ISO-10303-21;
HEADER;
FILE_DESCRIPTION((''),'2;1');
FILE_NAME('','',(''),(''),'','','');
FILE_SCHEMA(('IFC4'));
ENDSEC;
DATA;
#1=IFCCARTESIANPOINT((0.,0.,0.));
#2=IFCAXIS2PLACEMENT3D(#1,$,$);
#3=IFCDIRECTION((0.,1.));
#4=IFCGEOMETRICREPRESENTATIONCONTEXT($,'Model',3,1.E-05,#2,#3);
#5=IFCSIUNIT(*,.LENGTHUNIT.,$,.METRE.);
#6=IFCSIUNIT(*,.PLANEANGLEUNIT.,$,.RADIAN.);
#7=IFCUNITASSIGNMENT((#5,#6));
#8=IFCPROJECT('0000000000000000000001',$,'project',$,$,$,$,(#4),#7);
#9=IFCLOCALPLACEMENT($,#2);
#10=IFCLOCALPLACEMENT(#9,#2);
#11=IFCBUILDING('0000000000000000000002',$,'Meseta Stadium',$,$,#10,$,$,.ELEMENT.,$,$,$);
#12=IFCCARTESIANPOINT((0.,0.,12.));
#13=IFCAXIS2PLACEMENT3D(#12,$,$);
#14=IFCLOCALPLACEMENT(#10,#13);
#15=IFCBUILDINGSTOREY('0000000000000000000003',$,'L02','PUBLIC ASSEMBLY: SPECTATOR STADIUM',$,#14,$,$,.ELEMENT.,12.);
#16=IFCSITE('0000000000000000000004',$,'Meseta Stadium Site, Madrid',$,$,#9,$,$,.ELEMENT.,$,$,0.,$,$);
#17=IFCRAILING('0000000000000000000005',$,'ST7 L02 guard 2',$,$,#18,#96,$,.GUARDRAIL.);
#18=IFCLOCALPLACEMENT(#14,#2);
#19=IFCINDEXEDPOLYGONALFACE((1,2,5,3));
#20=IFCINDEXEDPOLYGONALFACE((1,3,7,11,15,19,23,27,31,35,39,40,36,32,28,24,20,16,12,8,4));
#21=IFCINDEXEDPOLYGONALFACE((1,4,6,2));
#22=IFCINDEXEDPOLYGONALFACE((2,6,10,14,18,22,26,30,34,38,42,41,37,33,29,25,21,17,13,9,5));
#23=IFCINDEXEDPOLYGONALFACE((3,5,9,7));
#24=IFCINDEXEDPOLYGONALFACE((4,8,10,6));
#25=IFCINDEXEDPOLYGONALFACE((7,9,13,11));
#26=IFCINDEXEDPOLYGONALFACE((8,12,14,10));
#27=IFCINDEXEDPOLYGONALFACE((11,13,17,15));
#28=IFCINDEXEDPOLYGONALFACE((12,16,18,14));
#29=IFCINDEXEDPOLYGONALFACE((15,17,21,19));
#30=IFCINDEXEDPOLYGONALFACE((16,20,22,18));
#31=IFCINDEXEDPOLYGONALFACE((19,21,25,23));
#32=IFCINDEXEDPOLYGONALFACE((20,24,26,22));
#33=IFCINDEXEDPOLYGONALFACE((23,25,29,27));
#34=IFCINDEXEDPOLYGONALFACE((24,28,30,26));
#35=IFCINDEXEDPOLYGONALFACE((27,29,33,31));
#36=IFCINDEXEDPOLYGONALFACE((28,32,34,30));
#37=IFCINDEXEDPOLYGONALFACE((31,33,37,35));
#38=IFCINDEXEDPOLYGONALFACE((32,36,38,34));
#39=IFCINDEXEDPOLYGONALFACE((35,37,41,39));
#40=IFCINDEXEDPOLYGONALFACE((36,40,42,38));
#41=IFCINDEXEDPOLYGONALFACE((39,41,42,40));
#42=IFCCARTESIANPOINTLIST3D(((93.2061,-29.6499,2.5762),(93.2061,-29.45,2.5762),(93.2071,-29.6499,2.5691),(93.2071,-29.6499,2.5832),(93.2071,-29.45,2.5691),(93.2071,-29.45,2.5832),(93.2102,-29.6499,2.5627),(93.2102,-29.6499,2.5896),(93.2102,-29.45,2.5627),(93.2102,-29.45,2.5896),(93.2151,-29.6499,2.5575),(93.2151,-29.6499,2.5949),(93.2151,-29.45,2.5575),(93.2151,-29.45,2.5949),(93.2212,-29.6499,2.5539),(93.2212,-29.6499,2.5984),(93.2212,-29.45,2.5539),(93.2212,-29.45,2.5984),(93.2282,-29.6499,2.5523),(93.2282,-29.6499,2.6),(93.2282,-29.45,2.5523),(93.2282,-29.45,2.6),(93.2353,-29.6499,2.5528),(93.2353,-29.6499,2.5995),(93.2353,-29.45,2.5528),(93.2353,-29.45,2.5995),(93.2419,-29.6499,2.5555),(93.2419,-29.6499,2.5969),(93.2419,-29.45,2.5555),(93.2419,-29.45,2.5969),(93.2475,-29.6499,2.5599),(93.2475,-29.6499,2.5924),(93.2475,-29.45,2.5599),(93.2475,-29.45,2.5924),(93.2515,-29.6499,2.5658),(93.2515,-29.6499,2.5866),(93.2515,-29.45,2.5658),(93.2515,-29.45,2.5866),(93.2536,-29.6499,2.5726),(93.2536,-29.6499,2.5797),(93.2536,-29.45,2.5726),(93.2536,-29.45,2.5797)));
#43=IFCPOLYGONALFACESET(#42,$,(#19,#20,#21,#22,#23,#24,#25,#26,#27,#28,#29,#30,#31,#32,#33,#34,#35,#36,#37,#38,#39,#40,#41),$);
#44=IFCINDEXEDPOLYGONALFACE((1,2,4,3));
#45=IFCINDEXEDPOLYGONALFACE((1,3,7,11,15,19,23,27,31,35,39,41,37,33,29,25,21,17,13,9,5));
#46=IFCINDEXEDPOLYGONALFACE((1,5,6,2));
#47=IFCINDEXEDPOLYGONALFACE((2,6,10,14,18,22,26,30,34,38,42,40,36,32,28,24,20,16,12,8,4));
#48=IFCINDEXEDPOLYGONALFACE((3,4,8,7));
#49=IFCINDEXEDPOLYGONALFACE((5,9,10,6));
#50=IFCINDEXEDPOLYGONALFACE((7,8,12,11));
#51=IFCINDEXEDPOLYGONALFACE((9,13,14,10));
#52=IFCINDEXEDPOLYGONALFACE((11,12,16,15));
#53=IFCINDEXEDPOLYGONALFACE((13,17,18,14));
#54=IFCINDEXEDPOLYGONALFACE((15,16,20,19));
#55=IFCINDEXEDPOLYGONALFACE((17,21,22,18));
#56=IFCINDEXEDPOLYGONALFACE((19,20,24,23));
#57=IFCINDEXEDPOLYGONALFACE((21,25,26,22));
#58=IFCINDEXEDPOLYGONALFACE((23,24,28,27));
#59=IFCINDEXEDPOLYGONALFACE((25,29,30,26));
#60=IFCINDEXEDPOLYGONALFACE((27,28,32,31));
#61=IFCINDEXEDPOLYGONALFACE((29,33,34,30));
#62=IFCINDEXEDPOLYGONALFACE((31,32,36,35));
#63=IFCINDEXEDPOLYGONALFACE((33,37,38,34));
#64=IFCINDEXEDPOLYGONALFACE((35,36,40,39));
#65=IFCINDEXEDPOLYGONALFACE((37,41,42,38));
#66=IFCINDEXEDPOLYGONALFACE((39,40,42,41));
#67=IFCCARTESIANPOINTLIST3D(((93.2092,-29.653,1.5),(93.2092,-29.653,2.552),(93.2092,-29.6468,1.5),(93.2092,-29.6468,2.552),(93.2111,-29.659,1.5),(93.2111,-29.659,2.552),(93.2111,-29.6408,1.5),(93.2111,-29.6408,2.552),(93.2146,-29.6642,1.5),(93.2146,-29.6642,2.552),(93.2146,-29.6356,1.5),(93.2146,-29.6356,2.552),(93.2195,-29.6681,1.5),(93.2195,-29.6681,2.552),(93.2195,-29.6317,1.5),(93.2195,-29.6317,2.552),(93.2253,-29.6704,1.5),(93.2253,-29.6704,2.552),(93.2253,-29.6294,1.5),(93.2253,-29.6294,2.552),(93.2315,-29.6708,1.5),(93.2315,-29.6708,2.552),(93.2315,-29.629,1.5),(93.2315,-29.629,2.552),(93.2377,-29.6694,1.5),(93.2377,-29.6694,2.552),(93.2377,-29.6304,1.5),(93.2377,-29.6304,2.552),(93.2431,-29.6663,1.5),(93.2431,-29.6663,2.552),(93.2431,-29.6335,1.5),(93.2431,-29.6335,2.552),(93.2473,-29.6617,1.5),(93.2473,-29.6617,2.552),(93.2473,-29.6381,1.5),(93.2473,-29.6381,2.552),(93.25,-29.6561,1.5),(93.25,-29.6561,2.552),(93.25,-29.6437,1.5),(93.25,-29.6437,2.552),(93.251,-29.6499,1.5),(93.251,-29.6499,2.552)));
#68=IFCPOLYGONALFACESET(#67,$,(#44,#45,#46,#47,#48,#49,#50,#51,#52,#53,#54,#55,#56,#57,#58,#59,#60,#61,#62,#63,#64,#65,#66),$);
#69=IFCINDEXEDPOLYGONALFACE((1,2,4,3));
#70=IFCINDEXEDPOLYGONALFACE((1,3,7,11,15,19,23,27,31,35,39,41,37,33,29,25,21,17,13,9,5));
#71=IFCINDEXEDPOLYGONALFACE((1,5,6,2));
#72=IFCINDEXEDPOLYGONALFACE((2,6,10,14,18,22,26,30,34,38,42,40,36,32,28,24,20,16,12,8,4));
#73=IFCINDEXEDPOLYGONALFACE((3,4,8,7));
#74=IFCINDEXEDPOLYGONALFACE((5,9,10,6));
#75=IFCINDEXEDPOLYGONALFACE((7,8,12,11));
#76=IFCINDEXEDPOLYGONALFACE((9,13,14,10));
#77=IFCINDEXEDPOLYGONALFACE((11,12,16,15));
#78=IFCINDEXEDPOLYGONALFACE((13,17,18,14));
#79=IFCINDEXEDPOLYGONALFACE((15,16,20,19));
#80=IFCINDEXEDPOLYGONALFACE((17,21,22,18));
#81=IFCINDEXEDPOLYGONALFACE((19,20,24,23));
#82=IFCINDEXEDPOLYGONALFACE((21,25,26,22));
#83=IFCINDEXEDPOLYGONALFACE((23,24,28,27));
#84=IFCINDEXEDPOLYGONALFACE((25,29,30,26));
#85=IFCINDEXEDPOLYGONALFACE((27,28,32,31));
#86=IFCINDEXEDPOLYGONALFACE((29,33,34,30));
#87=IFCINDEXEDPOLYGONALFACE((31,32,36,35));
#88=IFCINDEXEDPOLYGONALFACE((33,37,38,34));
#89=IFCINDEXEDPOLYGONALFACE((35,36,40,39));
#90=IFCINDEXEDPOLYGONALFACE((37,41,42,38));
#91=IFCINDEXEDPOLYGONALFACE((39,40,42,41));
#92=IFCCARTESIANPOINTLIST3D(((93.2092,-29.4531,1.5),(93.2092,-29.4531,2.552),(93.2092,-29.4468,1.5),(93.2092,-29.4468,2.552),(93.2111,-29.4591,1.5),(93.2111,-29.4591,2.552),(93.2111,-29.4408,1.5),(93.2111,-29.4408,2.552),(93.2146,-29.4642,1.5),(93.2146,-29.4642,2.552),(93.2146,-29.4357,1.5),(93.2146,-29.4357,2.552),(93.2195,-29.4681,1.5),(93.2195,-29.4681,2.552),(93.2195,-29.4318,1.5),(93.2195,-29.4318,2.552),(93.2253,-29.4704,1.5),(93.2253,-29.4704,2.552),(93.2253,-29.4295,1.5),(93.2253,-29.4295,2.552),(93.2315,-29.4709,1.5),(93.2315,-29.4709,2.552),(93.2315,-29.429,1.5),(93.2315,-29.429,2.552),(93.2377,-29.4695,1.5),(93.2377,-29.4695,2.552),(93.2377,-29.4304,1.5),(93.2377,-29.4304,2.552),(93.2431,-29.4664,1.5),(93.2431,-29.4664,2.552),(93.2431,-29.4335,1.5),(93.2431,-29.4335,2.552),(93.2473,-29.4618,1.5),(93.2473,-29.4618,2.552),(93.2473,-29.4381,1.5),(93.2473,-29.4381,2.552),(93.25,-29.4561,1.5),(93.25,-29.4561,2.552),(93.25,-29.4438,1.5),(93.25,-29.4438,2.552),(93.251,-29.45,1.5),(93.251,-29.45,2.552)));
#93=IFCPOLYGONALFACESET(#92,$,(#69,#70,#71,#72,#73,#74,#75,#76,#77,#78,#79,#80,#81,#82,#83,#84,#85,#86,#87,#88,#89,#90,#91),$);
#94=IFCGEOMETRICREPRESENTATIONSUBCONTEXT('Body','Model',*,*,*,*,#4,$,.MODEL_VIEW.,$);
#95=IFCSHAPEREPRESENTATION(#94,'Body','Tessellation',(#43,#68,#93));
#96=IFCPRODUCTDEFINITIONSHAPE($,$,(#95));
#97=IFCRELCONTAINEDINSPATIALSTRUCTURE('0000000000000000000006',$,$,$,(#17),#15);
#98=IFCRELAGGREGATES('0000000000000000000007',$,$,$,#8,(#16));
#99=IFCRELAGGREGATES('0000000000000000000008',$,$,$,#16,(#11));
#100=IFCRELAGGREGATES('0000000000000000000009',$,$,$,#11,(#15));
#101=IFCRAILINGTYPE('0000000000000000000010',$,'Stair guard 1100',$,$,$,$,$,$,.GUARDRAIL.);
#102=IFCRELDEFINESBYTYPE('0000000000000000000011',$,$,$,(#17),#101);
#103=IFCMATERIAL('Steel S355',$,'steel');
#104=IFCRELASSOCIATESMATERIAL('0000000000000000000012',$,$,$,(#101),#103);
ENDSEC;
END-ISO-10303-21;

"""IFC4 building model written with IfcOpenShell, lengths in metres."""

from ifc_helpers import new_model, si_unit, direction, frame, origin, origin_2d, place, context, subcontext, project, spatial, circle, extrude, material, type_object, element, save


model = new_model("IFC4")

# Units and contexts
model_context = context("Model", 3, precision=1e-05, world=origin(), true_north=direction((0.0, 1.0)))
body_context = subcontext(model_context, "Body", "Model", "MODEL_VIEW")
ifc_project = project(units=[si_unit("LENGTHUNIT", "METRE"), si_unit("PLANEANGLEUNIT", "RADIAN")], contexts=[model_context])

# Site, building, storey
site_placement = place(None, origin())
site = spatial("IfcSite", under=ifc_project, at=site_placement, Name="Meseta Stadium Site, Madrid", CompositionType="ELEMENT", RefElevation=0.0)
building_placement = place(site_placement, origin())
building = spatial("IfcBuilding", under=site, at=building_placement, Name="Meseta Stadium", CompositionType="ELEMENT")
storey_placement = place(building_placement, frame((0.0, 0.0, 12.0)))
storey = spatial("IfcBuildingStorey", under=building, at=storey_placement, Name="L02", Description="PUBLIC ASSEMBLY: SPECTATOR STADIUM", CompositionType="ELEMENT", Elevation=12.0)

# Railing
ifc_material_1 = material(Name="Steel S355", Category="steel")
railing_type_1 = type_object("IfcRailingType", Name="Stair guard 1100", PredefinedType="GUARDRAIL", material=ifc_material_1)
railing_1_placement = place(storey_placement, frame((93.23, -29.6499, 1.5)))
element("IfcRailing", 1, at=railing_1_placement, inside=storey, type_object=railing_type_1, Name="ST7 L02 guard 2", PredefinedType="GUARDRAIL", context=body_context, shape_type="SweptSolid", body=[
    extrude(circle(Radius=0.0239, at=origin_2d()), frame((0.0, 0.0, 1.0762), z_axis=(0.0, 1.0, 0.0), x_axis=(-1.0, 0.0, 0.0)), (0.0, 0.0, 1.0), 0.2),
    extrude(circle(Radius=0.021, at=origin_2d()), origin(), (0.0, 0.0, 1.0), 1.052),
    extrude(circle(Radius=0.021, at=origin_2d()), frame((0.0, 0.2, 0.0)), (0.0, 0.0, 1.0), 1.052),
])

save(model, "model.ifc")
